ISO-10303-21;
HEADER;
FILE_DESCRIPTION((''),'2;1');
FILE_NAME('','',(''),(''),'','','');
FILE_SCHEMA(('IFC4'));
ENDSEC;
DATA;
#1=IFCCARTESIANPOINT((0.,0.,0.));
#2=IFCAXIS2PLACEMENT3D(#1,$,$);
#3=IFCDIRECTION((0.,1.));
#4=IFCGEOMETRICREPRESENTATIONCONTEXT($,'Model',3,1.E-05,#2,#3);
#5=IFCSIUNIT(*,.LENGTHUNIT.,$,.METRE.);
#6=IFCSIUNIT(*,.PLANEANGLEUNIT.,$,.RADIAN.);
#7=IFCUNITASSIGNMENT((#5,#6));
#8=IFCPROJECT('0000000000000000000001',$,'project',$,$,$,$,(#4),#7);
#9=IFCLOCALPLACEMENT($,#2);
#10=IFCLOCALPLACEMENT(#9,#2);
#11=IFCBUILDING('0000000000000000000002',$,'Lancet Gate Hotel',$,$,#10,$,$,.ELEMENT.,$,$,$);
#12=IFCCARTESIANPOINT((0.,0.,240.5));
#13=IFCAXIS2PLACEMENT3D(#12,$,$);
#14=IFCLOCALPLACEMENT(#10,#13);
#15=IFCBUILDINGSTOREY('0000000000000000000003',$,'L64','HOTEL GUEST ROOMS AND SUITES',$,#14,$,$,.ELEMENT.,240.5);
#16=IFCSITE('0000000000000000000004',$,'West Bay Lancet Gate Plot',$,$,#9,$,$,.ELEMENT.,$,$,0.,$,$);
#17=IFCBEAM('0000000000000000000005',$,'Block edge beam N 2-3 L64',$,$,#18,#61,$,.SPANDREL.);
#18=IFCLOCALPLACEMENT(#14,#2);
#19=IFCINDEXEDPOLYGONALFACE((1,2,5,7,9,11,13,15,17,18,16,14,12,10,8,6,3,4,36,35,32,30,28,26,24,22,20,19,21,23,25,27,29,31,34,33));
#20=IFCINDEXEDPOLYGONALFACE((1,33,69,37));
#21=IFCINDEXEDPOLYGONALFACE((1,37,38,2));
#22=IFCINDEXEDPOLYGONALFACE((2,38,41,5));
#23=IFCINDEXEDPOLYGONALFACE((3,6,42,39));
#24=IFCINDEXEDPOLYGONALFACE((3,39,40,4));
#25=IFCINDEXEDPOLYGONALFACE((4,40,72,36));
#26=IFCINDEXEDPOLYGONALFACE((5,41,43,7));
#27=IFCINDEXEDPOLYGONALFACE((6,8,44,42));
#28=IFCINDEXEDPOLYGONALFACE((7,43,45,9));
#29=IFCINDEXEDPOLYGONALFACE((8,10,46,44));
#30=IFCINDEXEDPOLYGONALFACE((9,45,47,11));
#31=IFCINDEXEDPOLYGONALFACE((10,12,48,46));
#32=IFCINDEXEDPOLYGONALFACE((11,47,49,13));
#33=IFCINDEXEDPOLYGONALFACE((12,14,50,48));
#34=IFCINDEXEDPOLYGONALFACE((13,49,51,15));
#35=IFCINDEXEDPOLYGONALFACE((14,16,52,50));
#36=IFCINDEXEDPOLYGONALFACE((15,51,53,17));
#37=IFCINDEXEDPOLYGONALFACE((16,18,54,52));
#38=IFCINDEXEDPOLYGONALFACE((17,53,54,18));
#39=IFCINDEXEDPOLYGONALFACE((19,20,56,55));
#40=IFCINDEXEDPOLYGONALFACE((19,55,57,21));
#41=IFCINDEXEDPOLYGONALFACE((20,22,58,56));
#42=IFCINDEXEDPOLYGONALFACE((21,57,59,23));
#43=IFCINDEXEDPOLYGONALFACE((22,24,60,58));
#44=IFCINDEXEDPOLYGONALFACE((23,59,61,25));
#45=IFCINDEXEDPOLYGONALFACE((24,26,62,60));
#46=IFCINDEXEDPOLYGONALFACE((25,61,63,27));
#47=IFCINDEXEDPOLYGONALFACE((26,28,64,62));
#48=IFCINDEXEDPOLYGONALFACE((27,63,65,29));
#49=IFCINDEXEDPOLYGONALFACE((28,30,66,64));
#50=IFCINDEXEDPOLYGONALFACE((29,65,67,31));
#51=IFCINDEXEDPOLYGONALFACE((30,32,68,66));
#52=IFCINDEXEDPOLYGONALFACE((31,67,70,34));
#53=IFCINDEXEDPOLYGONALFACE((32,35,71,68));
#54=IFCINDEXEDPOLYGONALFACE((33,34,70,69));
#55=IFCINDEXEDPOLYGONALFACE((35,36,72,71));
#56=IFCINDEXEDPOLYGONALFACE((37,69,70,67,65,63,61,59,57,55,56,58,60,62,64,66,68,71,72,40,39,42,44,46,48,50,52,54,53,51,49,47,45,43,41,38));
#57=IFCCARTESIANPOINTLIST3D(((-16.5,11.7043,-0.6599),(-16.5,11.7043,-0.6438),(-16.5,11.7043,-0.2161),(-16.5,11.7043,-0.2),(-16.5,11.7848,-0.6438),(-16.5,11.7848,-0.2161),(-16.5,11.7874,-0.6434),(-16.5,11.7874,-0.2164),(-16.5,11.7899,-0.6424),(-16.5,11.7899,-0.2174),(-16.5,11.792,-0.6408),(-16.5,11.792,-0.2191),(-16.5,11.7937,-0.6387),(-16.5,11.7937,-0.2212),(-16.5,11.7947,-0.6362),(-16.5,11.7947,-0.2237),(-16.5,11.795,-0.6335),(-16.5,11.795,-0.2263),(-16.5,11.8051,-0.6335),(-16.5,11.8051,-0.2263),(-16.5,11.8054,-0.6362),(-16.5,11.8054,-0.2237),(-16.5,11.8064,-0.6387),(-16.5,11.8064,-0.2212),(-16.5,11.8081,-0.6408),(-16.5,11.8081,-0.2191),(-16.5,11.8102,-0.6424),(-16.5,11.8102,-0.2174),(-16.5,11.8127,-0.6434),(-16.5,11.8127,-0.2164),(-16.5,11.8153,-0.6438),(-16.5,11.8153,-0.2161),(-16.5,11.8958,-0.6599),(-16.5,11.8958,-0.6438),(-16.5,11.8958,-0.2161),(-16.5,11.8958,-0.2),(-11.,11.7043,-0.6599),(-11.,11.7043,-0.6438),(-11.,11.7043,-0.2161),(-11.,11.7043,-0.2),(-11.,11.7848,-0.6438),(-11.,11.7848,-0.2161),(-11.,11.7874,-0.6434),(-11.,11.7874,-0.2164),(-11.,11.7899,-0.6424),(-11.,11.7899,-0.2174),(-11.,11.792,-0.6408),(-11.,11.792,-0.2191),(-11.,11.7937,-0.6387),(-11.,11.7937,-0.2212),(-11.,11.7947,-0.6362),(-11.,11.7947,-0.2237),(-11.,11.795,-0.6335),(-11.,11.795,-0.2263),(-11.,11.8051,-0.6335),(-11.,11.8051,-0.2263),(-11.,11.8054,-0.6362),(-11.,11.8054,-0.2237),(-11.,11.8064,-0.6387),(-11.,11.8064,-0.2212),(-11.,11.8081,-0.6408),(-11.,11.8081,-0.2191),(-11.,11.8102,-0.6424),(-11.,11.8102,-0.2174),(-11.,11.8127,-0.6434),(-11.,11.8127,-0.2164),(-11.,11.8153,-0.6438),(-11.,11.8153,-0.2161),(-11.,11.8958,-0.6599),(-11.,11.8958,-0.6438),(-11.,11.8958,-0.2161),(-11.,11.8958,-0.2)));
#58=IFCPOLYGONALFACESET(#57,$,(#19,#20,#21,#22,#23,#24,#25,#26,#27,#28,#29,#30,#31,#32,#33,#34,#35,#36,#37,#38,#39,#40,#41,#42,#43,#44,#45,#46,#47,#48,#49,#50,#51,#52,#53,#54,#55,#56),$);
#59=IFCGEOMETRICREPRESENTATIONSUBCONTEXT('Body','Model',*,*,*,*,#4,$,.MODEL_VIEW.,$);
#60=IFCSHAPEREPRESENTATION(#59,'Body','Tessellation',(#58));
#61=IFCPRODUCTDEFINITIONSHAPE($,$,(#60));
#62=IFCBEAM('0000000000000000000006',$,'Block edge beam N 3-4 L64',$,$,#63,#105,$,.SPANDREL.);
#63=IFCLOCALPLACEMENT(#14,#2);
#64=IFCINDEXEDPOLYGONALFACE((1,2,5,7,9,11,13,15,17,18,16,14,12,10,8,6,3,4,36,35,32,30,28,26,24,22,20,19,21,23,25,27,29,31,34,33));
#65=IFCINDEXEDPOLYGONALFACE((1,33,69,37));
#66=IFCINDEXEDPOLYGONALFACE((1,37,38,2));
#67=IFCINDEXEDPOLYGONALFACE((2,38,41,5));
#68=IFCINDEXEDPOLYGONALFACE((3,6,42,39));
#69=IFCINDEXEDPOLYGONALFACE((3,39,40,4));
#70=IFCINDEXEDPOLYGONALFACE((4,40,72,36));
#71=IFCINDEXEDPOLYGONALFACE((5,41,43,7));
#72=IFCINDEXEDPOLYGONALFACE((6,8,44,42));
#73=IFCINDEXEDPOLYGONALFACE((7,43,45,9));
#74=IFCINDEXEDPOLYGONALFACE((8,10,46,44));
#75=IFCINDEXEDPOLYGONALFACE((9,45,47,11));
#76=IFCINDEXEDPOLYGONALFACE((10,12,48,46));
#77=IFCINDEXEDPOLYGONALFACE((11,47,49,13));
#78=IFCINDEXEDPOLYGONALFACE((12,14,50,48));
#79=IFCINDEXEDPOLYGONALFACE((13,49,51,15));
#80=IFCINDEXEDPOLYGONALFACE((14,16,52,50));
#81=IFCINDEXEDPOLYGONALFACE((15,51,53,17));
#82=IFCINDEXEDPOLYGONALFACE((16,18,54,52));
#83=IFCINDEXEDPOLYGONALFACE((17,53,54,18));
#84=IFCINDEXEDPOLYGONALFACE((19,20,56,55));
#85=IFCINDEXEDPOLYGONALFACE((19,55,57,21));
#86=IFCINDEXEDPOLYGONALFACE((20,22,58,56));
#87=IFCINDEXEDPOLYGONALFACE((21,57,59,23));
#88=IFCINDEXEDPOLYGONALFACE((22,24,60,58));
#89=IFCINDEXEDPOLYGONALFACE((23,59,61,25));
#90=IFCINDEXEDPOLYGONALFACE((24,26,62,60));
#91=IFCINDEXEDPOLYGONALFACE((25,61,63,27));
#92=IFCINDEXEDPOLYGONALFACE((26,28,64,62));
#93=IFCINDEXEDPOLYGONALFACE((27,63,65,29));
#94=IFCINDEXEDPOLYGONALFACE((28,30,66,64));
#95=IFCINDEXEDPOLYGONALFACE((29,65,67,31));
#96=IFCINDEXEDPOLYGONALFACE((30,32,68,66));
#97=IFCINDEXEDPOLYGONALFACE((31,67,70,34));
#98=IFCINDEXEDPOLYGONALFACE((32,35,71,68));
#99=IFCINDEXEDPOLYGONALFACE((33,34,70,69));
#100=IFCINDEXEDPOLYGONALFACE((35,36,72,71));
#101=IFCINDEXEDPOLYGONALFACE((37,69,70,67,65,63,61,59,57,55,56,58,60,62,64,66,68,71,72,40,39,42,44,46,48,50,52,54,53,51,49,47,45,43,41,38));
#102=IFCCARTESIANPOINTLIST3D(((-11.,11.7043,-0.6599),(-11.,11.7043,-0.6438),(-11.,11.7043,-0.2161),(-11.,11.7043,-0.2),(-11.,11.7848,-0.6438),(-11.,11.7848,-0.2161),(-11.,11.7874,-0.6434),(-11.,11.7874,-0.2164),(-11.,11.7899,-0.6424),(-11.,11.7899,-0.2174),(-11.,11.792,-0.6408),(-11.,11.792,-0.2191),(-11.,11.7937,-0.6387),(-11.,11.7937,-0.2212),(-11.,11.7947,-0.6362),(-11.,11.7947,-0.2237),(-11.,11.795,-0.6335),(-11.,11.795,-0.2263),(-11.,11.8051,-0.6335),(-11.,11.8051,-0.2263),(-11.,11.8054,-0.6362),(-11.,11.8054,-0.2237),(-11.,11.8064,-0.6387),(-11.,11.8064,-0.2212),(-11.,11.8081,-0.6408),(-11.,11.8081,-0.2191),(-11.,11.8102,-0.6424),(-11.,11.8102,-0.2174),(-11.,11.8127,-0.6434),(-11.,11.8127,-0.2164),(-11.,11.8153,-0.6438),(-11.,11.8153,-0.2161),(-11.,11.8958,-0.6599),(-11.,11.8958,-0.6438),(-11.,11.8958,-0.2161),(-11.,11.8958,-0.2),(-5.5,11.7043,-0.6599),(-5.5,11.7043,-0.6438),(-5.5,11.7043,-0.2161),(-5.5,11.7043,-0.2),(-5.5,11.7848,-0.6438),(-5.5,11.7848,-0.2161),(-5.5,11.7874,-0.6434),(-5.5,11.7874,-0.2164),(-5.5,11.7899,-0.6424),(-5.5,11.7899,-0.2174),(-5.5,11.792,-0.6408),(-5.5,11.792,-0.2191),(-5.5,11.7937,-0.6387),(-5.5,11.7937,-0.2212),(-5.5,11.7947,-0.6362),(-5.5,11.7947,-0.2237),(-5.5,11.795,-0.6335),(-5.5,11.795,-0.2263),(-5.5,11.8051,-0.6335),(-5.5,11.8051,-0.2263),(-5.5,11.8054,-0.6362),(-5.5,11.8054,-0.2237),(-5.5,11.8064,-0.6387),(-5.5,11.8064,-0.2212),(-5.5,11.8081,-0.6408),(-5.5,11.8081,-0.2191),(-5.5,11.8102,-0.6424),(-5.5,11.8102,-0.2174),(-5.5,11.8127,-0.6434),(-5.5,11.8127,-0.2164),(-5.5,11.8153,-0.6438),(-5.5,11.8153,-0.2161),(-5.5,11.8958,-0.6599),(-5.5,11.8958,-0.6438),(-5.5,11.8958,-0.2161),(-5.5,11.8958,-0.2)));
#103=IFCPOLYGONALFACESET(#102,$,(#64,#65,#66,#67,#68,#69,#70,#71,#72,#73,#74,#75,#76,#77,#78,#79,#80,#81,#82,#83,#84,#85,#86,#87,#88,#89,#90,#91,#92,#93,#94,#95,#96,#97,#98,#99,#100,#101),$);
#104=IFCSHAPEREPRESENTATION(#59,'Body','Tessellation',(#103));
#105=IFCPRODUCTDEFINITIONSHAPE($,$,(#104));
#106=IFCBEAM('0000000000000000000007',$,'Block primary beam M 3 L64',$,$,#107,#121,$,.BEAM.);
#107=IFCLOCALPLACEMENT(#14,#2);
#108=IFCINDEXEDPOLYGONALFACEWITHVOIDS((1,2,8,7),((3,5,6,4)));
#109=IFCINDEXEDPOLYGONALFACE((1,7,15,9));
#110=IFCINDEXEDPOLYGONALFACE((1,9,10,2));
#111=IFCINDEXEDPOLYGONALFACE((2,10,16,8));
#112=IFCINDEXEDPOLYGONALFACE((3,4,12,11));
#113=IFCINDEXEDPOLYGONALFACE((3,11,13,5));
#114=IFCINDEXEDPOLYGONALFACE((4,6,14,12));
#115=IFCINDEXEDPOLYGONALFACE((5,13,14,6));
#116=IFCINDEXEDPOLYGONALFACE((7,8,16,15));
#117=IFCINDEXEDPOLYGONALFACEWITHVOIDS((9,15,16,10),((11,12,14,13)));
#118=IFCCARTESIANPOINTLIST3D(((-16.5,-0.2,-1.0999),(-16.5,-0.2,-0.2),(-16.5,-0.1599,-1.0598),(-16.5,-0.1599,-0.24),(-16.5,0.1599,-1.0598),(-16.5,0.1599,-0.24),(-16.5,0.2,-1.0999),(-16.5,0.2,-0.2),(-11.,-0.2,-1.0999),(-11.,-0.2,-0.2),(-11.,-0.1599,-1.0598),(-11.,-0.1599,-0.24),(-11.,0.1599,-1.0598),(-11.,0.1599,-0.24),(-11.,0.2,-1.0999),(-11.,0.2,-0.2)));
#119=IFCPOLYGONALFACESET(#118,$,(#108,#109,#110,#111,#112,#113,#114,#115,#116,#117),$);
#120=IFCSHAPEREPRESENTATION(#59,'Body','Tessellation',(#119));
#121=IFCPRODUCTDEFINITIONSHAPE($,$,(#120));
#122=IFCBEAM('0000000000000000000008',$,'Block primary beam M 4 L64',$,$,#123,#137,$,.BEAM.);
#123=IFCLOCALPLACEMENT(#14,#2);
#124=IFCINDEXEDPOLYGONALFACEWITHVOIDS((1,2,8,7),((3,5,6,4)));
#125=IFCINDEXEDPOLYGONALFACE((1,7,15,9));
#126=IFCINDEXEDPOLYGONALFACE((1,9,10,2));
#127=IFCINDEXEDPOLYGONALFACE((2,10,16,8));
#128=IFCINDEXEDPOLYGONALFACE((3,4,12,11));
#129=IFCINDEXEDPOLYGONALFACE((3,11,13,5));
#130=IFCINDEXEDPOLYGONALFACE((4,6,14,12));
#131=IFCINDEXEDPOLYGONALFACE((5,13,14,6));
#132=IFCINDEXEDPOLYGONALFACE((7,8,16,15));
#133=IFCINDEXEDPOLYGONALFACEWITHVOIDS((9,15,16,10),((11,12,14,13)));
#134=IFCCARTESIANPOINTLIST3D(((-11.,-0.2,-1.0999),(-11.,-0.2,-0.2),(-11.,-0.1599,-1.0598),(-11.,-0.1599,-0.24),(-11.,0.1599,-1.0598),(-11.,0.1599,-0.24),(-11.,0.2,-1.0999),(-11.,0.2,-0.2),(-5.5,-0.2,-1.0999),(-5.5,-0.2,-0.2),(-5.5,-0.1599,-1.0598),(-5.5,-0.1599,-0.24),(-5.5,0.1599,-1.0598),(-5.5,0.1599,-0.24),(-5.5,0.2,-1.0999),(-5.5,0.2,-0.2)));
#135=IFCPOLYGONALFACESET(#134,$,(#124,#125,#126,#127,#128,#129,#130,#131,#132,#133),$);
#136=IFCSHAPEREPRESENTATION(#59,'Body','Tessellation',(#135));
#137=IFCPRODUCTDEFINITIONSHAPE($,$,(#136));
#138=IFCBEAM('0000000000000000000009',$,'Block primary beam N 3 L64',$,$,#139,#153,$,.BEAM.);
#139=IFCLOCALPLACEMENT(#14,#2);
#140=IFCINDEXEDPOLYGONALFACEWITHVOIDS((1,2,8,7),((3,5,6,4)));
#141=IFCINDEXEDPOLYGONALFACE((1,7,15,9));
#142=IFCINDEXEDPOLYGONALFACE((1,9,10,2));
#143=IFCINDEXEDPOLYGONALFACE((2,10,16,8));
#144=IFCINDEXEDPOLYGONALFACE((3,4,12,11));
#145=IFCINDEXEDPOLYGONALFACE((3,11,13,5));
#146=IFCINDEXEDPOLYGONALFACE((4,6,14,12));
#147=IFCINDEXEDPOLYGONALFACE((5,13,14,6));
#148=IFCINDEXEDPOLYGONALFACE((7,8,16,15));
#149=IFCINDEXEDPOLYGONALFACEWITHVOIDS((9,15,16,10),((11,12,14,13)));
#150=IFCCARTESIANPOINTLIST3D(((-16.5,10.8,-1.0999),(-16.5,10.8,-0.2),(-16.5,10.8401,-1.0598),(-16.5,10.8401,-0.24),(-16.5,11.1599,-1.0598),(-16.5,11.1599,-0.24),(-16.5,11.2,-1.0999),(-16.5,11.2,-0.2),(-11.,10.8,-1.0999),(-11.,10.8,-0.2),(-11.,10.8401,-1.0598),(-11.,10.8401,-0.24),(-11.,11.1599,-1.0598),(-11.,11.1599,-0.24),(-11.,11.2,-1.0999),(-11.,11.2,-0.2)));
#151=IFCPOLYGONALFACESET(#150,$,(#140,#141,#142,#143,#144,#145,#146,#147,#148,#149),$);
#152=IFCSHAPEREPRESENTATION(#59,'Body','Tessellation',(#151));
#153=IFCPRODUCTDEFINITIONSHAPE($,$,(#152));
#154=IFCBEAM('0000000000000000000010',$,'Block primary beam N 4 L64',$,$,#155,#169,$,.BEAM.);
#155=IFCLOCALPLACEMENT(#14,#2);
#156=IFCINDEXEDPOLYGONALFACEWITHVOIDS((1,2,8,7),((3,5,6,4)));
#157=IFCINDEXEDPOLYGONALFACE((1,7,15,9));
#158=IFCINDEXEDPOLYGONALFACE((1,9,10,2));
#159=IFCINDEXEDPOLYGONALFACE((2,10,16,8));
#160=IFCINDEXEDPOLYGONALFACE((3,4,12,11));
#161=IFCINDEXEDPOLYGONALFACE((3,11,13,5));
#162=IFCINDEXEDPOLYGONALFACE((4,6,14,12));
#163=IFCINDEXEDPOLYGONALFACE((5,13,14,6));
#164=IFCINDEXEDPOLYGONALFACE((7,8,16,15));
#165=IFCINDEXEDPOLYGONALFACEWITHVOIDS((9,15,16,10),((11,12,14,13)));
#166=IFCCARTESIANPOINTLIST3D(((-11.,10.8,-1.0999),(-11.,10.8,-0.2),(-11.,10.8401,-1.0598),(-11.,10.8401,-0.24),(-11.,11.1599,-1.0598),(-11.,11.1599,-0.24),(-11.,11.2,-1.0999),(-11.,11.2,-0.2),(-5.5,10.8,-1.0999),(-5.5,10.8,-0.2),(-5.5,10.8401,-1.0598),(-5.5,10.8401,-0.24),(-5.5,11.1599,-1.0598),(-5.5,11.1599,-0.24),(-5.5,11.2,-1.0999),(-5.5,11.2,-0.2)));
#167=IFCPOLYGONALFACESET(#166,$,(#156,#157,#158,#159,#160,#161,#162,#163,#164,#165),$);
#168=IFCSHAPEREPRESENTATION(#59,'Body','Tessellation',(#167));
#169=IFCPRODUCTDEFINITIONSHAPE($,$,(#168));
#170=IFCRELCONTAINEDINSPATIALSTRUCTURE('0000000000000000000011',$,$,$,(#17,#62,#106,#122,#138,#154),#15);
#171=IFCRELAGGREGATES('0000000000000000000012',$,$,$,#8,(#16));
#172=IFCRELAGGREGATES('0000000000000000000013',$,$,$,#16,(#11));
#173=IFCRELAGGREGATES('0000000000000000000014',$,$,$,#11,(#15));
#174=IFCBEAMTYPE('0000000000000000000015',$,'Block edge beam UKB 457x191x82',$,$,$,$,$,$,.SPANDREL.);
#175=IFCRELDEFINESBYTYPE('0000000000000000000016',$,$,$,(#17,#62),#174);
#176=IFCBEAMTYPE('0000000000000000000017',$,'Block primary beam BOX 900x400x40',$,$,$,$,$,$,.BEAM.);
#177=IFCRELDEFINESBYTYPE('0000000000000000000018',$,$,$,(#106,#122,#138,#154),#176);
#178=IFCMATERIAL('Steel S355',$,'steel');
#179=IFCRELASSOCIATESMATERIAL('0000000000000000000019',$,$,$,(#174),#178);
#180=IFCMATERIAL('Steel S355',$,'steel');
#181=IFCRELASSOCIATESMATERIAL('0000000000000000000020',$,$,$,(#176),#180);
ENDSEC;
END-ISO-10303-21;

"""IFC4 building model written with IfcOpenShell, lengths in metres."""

from ifc_helpers import new_model, si_unit, direction, frame, origin, origin_2d, place, context, subcontext, project, spatial, hollow_rectangle, i_section, extrude, material, material_profile, profile_set, type_object, element, save


model = new_model("IFC4")

# Units and contexts
model_context = context("Model", 3, precision=1e-05, world=origin(), true_north=direction((0.0, 1.0)))
body_context = subcontext(model_context, "Body", "Model", "MODEL_VIEW")
ifc_project = project(units=[si_unit("LENGTHUNIT", "METRE"), si_unit("PLANEANGLEUNIT", "RADIAN")], contexts=[model_context])

# Site, building, storey
site_placement = place(None, origin())
site = spatial("IfcSite", under=ifc_project, at=site_placement, Name="West Bay Lancet Gate Plot", CompositionType="ELEMENT", RefElevation=0.0)
building_placement = place(site_placement, origin())
building = spatial("IfcBuilding", under=site, at=building_placement, Name="Lancet Gate Hotel", CompositionType="ELEMENT")
storey_placement = place(building_placement, frame((0.0, 0.0, 240.5)))
storey = spatial("IfcBuildingStorey", under=building, at=storey_placement, Name="L64", Description="HOTEL GUEST ROOMS AND SUITES", CompositionType="ELEMENT", Elevation=240.5)

# Beams
ifc_material_1 = material(Name="Steel S355", Category="steel")
ifc_material_profile_1 = material_profile(ifc_material_1, i_section(OverallWidth=0.1914, OverallDepth=0.46, WebThickness=0.01, FlangeThickness=0.0161, FilletRadius=0.0103, at=origin_2d()), Name="UKB 457x191x82")
ifc_profile_set_1 = profile_set([ifc_material_profile_1], Name="Steel S355")
beam_type_1 = type_object("IfcBeamType", Name="Block edge beam UKB 457x191x82", PredefinedType="SPANDREL", material=ifc_profile_set_1)
for number, where, z_axis, x_axis, name in (
    (1, (-16.5, 11.8, -0.4299), (1.0, 0.0, 0.0), (0.0, 1.0, 0.0), "Block edge beam N 2-3 L64"),
    (2, (-11.0, 11.8, -0.4299), (1.0, 0.0, 0.0), (0.0, 1.0, 0.0), "Block edge beam N 3-4 L64"),
):
    element("IfcBeam", number, at=place(storey_placement, frame(where, z_axis=z_axis, x_axis=x_axis)), inside=storey, type_object=beam_type_1, Name=name, PredefinedType="SPANDREL", context=body_context, shape_type="SweptSolid", body=[
        extrude(i_section(OverallWidth=0.1914, OverallDepth=0.46, WebThickness=0.01, FlangeThickness=0.0161, FilletRadius=0.0103, at=origin_2d()), origin(), (0.0, 0.0, 1.0), 5.5),
    ])
ifc_material_2 = material(Name="Steel S355", Category="steel")
ifc_material_profile_2 = material_profile(ifc_material_2, hollow_rectangle(XDim=0.3999, YDim=0.8999, WallThickness=0.04, at=origin_2d()), Name="BOX 900x400x40")
ifc_profile_set_2 = profile_set([ifc_material_profile_2], Name="Steel S355")
beam_type_2 = type_object("IfcBeamType", Name="Block primary beam BOX 900x400x40", PredefinedType="BEAM", material=ifc_profile_set_2)
for number, where, z_axis, x_axis, name in (
    (3, (-16.5, 0.0, -0.6499), (1.0, 0.0, 0.0), (0.0, 1.0, 0.0), "Block primary beam M 3 L64"),
    (4, (-11.0, 0.0, -0.6499), (1.0, 0.0, 0.0), (0.0, 1.0, 0.0), "Block primary beam M 4 L64"),
    (5, (-16.5, 11.0, -0.6499), (1.0, 0.0, 0.0), (0.0, 1.0, 0.0), "Block primary beam N 3 L64"),
    (6, (-11.0, 11.0, -0.6499), (1.0, 0.0, 0.0), (0.0, 1.0, 0.0), "Block primary beam N 4 L64"),
):
    element("IfcBeam", number, at=place(storey_placement, frame(where, z_axis=z_axis, x_axis=x_axis)), inside=storey, type_object=beam_type_2, Name=name, PredefinedType="BEAM", context=body_context, shape_type="SweptSolid", body=[
        extrude(hollow_rectangle(XDim=0.3999, YDim=0.8999, WallThickness=0.04, at=origin_2d()), origin(), (0.0, 0.0, 1.0), 5.5),
    ])

save(model, "model.ifc")
